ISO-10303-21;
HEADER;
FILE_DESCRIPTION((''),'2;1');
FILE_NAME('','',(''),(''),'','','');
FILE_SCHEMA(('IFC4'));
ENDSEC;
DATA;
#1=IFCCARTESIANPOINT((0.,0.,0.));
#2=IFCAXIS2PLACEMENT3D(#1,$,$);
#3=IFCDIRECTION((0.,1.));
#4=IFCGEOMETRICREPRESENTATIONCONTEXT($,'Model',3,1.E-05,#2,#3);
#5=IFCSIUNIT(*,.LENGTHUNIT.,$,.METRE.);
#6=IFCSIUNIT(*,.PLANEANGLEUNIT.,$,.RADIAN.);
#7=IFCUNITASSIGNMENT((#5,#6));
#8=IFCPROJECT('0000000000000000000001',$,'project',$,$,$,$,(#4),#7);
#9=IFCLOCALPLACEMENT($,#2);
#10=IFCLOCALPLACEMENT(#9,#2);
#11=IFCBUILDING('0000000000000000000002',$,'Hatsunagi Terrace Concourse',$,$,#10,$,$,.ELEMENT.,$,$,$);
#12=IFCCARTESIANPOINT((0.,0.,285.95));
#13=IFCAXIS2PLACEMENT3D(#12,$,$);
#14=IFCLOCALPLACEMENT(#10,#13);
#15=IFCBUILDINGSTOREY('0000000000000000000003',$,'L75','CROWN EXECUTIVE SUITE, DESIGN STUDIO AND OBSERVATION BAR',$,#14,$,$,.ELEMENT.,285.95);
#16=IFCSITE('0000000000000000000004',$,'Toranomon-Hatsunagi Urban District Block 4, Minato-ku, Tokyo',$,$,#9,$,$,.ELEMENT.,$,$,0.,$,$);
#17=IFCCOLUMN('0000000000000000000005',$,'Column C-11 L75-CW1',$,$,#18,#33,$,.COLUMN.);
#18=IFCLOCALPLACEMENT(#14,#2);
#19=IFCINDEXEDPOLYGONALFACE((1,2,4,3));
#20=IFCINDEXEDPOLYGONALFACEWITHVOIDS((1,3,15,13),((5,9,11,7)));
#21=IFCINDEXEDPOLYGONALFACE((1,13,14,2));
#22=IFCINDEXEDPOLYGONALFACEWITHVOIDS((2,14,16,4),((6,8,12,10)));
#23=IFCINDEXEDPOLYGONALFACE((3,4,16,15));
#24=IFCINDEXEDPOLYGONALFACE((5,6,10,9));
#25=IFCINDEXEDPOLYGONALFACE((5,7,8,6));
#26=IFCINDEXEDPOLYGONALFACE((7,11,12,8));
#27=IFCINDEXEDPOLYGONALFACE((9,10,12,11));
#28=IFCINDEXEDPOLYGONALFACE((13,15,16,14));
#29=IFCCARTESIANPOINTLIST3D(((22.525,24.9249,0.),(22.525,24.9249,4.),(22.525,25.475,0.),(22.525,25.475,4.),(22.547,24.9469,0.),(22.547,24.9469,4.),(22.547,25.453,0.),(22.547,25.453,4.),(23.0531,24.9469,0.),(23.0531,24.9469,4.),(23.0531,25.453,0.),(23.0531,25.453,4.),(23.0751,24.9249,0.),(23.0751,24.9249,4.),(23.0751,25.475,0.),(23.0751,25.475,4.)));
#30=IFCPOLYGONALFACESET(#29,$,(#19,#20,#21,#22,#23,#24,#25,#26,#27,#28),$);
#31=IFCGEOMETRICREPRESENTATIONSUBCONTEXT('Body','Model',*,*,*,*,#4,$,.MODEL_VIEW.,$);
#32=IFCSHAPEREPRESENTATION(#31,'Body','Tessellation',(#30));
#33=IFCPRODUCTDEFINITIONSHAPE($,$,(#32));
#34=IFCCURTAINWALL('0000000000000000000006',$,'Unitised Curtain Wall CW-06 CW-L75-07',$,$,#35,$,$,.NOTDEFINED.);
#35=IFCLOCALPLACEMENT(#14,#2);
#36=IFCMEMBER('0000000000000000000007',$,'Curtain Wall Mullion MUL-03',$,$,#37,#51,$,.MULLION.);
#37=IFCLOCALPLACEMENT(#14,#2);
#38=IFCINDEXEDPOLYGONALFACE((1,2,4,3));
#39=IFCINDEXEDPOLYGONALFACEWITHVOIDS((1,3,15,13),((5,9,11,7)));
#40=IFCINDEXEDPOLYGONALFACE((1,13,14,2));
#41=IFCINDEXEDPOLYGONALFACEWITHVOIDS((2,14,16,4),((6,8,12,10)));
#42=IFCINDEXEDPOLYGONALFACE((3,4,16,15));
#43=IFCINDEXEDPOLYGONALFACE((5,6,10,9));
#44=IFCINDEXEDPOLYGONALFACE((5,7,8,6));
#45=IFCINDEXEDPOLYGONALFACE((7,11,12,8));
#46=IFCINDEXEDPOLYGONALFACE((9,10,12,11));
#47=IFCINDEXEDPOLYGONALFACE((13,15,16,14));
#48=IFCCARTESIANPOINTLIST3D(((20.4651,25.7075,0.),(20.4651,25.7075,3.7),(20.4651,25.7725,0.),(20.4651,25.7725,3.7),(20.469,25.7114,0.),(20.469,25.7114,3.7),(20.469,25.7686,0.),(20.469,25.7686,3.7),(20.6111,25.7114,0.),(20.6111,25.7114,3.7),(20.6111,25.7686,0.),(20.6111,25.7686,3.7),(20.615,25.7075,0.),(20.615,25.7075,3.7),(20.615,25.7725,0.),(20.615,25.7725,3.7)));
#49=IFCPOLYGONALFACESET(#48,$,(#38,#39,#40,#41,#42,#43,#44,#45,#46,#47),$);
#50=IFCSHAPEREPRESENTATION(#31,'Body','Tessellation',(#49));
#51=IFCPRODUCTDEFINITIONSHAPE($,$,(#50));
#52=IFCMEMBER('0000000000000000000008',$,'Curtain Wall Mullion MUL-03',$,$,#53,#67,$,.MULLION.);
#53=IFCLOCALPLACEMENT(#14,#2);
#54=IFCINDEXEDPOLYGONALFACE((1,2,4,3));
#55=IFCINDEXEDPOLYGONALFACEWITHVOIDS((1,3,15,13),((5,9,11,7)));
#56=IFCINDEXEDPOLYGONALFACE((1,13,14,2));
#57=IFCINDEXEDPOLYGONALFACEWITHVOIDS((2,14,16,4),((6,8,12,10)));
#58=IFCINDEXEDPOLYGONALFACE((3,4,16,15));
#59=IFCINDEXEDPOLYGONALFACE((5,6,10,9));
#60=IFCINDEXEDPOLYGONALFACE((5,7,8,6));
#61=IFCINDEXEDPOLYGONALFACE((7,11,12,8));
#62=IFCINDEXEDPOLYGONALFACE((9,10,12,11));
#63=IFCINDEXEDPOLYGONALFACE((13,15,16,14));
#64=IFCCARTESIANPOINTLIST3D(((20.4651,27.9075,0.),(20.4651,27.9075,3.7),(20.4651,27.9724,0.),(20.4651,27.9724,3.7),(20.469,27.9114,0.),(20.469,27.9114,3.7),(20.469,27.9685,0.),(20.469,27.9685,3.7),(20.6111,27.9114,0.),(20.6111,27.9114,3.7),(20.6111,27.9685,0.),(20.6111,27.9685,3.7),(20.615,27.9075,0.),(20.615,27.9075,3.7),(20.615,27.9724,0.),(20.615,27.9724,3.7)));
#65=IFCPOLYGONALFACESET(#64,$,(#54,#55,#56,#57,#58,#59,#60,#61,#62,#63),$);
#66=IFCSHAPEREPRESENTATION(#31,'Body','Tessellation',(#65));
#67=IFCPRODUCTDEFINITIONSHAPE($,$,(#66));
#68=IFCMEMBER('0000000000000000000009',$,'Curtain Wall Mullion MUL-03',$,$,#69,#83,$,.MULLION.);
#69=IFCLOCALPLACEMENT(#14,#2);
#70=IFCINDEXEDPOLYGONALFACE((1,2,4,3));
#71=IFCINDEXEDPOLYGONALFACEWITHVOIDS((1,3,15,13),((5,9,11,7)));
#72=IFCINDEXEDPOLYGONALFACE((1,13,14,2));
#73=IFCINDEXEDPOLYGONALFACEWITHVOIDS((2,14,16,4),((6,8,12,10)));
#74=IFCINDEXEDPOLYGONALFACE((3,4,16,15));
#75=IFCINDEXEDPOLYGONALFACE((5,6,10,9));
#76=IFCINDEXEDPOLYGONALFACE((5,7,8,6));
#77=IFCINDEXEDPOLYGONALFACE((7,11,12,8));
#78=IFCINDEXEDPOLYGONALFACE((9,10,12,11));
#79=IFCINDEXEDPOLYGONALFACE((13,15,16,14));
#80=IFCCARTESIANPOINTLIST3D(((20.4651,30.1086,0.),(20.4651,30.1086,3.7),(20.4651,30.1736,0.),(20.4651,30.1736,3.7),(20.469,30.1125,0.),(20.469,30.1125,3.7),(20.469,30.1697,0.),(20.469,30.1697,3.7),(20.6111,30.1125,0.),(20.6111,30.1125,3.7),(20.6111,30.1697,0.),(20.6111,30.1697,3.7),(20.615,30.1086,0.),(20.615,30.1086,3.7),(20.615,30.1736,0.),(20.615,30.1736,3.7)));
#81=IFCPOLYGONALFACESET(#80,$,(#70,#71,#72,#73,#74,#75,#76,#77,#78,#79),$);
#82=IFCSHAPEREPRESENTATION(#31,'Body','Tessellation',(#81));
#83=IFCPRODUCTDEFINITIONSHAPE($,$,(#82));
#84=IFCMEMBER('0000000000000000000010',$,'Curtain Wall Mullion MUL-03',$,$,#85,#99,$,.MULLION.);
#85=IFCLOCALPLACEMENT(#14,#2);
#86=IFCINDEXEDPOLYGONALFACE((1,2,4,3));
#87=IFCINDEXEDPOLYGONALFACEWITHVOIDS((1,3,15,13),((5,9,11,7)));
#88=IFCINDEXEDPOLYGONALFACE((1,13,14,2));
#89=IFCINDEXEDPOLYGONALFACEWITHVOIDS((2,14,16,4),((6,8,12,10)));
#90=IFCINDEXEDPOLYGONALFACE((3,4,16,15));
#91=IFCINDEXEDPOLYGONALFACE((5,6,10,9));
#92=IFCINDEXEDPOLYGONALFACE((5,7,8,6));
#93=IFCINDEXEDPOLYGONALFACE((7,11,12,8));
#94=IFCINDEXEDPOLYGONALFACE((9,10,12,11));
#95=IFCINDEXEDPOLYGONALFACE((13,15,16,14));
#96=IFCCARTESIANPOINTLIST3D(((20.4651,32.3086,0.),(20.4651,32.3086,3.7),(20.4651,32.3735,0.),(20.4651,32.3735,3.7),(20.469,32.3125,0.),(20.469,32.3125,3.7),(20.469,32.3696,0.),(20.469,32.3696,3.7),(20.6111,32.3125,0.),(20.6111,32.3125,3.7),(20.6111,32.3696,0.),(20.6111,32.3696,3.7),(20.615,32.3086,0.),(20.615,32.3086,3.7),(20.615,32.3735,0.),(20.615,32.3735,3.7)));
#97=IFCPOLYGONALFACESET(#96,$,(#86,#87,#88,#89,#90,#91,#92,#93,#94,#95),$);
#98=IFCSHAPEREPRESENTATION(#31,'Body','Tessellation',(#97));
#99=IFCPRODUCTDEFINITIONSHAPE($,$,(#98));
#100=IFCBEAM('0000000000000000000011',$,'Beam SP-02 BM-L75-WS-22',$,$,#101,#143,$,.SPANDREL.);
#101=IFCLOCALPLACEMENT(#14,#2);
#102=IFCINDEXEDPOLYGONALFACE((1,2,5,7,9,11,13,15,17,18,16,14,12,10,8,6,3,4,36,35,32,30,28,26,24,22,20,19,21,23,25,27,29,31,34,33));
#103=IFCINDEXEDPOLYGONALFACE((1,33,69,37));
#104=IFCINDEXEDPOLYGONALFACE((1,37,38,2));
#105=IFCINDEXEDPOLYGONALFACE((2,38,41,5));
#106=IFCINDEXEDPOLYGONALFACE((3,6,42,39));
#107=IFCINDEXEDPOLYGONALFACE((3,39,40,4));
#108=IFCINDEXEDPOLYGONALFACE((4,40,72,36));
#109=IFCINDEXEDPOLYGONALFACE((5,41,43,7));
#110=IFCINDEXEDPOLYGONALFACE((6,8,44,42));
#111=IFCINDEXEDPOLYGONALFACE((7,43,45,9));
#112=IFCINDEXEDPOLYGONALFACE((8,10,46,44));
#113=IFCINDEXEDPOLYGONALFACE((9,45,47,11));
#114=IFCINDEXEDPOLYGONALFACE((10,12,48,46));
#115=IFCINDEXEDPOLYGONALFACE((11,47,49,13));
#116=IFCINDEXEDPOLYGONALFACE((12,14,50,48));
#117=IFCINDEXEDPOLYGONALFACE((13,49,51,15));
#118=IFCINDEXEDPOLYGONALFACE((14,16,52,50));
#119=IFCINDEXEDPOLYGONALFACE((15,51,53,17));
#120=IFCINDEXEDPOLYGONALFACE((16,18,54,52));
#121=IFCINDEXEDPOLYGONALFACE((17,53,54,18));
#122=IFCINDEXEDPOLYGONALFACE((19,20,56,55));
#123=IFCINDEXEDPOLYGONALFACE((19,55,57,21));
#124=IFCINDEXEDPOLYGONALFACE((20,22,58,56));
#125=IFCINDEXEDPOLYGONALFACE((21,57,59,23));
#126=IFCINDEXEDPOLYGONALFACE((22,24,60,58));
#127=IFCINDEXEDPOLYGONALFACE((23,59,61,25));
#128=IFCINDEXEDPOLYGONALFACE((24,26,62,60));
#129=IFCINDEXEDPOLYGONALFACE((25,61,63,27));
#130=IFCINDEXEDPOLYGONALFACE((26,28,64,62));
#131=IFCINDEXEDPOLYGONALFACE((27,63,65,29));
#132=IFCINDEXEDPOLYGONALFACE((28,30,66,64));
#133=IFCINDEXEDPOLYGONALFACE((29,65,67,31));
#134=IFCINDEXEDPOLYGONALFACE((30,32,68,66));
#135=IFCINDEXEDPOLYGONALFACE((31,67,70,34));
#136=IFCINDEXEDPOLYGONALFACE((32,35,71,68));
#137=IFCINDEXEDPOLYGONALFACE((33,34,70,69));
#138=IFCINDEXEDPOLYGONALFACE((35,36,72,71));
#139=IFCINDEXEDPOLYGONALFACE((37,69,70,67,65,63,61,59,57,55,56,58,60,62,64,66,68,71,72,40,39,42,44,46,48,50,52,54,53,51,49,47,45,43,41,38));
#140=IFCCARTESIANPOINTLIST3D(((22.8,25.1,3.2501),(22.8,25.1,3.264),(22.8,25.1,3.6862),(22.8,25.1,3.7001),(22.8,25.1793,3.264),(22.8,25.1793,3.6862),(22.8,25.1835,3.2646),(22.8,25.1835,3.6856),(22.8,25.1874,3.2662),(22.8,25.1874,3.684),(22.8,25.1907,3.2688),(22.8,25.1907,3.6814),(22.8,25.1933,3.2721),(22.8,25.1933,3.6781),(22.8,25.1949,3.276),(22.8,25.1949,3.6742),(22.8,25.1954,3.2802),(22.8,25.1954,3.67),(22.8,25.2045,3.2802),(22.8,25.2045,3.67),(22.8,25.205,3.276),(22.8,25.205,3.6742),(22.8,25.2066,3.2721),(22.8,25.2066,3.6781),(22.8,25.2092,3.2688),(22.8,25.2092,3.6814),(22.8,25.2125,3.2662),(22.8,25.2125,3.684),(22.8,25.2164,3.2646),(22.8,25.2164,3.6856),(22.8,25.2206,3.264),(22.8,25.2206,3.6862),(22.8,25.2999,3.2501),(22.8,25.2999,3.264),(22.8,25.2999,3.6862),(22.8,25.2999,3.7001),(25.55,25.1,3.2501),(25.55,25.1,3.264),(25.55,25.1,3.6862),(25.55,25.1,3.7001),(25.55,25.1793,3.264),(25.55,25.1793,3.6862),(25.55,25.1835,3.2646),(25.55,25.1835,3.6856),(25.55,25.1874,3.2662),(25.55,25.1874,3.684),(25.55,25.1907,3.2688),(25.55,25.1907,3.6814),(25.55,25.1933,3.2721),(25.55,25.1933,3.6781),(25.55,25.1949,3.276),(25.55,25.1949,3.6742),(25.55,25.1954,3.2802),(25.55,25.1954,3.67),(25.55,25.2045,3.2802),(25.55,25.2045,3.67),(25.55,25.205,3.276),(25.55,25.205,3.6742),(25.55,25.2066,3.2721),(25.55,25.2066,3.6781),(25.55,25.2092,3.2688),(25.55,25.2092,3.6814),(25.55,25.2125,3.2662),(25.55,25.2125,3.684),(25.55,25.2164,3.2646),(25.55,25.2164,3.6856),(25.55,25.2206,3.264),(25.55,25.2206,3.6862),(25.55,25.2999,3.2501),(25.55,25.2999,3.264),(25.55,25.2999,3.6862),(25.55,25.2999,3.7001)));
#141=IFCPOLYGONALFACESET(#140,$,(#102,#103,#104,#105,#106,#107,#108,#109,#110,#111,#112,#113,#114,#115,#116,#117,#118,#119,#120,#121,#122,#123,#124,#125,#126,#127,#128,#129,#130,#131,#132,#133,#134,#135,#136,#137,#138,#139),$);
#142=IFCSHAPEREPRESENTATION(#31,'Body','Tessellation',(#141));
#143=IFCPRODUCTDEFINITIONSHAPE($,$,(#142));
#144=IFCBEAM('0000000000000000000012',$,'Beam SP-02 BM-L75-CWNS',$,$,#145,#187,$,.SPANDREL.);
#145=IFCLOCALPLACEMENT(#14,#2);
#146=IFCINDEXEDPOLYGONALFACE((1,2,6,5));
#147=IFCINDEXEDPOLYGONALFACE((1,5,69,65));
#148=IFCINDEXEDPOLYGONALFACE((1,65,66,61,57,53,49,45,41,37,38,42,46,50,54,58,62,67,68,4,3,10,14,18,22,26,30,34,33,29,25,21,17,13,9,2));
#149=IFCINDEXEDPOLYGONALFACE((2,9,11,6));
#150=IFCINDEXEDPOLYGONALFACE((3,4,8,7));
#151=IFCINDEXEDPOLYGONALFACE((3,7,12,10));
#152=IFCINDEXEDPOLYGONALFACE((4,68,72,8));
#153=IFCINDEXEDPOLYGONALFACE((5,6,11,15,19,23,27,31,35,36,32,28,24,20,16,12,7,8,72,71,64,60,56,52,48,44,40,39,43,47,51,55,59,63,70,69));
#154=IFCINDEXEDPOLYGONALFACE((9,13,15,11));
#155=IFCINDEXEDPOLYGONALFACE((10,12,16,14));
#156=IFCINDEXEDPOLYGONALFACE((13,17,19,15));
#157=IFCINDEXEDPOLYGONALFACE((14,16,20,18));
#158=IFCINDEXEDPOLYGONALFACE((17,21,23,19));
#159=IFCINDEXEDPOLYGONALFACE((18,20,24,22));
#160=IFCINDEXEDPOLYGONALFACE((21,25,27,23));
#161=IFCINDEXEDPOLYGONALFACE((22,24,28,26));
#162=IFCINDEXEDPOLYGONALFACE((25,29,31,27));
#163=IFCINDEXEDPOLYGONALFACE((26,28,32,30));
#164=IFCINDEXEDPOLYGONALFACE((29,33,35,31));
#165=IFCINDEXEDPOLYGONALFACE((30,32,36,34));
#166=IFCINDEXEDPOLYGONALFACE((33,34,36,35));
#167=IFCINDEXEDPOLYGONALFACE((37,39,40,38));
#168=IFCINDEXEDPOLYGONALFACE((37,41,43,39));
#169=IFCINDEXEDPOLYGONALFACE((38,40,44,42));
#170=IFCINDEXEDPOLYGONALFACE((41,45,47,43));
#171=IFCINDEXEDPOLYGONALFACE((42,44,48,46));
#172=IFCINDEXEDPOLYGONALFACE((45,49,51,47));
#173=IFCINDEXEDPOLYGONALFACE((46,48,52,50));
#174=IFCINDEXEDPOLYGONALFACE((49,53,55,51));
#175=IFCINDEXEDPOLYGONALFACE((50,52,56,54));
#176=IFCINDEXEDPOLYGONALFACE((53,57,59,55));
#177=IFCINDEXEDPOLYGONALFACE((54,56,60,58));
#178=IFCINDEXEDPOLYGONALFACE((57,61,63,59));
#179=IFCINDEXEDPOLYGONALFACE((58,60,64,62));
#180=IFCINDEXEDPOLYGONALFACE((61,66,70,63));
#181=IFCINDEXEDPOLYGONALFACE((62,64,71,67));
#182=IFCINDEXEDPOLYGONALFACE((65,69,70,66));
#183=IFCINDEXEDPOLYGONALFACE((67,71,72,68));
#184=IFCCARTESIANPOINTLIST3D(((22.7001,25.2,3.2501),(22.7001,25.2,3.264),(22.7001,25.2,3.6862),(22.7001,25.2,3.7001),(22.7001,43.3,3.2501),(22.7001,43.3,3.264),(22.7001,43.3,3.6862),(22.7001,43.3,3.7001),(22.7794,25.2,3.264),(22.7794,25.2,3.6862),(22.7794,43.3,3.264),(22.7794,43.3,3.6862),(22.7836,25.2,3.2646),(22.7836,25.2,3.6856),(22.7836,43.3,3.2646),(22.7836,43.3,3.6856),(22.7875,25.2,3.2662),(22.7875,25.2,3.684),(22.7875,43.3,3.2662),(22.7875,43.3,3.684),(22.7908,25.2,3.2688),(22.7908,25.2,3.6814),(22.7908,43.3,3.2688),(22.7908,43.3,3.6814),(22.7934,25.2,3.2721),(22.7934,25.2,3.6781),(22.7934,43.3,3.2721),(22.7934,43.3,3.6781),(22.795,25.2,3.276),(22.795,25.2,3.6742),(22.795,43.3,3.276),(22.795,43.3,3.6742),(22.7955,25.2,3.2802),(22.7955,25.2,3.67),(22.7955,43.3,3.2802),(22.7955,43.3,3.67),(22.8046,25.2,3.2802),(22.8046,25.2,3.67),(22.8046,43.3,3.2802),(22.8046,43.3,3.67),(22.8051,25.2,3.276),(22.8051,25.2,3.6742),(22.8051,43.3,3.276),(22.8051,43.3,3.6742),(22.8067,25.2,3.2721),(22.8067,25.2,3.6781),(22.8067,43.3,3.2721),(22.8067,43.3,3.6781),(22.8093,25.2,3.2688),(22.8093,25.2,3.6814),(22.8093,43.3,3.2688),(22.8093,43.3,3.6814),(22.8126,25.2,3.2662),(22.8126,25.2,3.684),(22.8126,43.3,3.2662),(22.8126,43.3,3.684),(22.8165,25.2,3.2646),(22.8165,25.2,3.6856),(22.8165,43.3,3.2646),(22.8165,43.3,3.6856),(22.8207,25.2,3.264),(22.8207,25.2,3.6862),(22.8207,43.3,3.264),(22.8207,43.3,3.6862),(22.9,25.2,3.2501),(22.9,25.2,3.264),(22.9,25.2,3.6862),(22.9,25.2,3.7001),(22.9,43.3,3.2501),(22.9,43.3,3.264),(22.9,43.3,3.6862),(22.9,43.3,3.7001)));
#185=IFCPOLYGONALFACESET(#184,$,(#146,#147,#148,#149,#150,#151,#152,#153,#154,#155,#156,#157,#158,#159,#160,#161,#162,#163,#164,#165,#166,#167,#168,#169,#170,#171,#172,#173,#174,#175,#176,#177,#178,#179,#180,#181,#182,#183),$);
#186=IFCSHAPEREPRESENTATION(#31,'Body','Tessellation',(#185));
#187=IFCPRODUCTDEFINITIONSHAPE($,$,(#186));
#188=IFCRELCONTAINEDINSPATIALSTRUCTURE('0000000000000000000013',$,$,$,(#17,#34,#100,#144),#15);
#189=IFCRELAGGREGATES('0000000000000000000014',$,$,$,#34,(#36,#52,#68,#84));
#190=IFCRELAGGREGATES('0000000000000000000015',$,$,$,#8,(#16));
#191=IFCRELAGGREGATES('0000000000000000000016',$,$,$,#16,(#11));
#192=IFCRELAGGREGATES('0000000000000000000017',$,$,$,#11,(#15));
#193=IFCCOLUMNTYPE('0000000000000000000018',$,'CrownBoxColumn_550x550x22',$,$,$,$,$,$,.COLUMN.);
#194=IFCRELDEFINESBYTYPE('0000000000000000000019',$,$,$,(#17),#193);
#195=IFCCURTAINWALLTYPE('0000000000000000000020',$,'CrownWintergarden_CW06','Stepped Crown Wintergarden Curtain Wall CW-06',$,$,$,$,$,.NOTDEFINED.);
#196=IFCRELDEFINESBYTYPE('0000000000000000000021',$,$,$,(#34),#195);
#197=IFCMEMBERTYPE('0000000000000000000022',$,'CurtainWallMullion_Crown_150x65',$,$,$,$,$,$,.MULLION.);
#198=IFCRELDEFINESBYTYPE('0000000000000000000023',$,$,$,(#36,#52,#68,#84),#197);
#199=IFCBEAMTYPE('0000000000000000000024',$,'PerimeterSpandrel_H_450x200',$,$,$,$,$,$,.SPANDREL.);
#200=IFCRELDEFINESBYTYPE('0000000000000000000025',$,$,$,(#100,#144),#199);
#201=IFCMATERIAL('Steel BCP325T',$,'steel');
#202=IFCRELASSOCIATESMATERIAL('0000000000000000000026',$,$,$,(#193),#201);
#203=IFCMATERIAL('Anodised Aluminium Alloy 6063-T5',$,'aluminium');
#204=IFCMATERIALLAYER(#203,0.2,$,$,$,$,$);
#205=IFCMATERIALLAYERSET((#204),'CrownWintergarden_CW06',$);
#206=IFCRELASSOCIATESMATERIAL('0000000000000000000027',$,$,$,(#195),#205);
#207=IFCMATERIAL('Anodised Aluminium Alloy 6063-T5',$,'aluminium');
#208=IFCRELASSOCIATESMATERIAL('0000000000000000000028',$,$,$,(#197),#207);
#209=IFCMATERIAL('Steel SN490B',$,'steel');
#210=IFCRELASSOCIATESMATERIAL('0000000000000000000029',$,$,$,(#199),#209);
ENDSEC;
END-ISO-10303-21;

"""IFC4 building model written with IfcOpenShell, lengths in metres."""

from ifc_helpers import new_model, si_unit, direction, frame, origin, origin_2d, place, context, subcontext, project, spatial, hollow_rectangle, i_section, extrude, material, layer, layer_set, material_profile, profile_set, type_object, element, aggregate, save


model = new_model("IFC4")

# Units and contexts
model_context = context("Model", 3, precision=1e-05, world=origin(), true_north=direction((0.0, 1.0)))
body_context = subcontext(model_context, "Body", "Model", "MODEL_VIEW")
ifc_project = project(units=[si_unit("LENGTHUNIT", "METRE"), si_unit("PLANEANGLEUNIT", "RADIAN")], contexts=[model_context])

# Site, building, storey
site_placement = place(None, origin())
site = spatial("IfcSite", under=ifc_project, at=site_placement, Name="Toranomon-Hatsunagi Urban District Block 4, Minato-ku, Tokyo", CompositionType="ELEMENT", RefElevation=0.0)
building_placement = place(site_placement, origin())
building = spatial("IfcBuilding", under=site, at=building_placement, Name="Hatsunagi Terrace Concourse", CompositionType="ELEMENT")
storey_placement = place(building_placement, frame((0.0, 0.0, 285.95)))
storey = spatial("IfcBuildingStorey", under=building, at=storey_placement, Name="L75", Description="CROWN EXECUTIVE SUITE, DESIGN STUDIO AND OBSERVATION BAR", CompositionType="ELEMENT", Elevation=285.95)

# Column
ifc_material_1 = material(Name="Steel BCP325T", Category="steel")
ifc_material_profile_1 = material_profile(ifc_material_1, hollow_rectangle(XDim=0.55, YDim=0.55, WallThickness=0.022, at=origin_2d()), Name="BCP-550x550x22")
ifc_profile_set_1 = profile_set([ifc_material_profile_1], Name="Steel BCP325T")
column_type = type_object("IfcColumnType", Name="CrownBoxColumn_550x550x22", PredefinedType="COLUMN", material=ifc_profile_set_1)
column_placement = place(storey_placement, frame((22.8, 25.2, 0.0), z_axis=(0.0, 0.0, 1.0), x_axis=(1.0, 0.0, 0.0)))
element("IfcColumn", 1, at=column_placement, inside=storey, type_object=column_type, Name="Column C-11 L75-CW1", PredefinedType="COLUMN", context=body_context, shape_type="SweptSolid", body=[
    extrude(hollow_rectangle(XDim=0.55, YDim=0.55, WallThickness=0.022, at=origin_2d()), origin(), (0.0, 0.0, 1.0), 4.0),
])

# Curtain wall, members
ifc_material_2 = material(Name="Anodised Aluminium Alloy 6063-T5", Category="aluminium")
ifc_layer_1 = layer(ifc_material_2, 0.2)
ifc_layer_set_1 = layer_set([ifc_layer_1], Name="CrownWintergarden_CW06")
curtain_wall_type = type_object("IfcCurtainWallType", Name="CrownWintergarden_CW06", Description="Stepped Crown Wintergarden Curtain Wall CW-06", PredefinedType="NOTDEFINED", material=ifc_layer_set_1)
curtain_wall_placement = place(storey_placement, origin())
curtain_wall = element("IfcCurtainWall", 2, at=curtain_wall_placement, inside=storey, type_object=curtain_wall_type, Name="Unitised Curtain Wall CW-06 CW-L75-07", PredefinedType="NOTDEFINED")
ifc_material_3 = material(Name="Anodised Aluminium Alloy 6063-T5", Category="aluminium")
ifc_material_profile_2 = material_profile(ifc_material_3, hollow_rectangle(XDim=0.0649, YDim=0.1499, WallThickness=0.0039, at=origin_2d()), Name="ALU-MUL-150x65x4")
ifc_profile_set_2 = profile_set([ifc_material_profile_2], Name="Anodised Aluminium Alloy 6063-T5")
member_type = type_object("IfcMemberType", Name="CurtainWallMullion_Crown_150x65", PredefinedType="MULLION", material=ifc_profile_set_2)
member_1_placement = place(storey_placement, frame((20.54, 25.74, 0.0), z_axis=(0.0, 0.0, 1.0), x_axis=(0.0, 1.0, 0.0)))
member_1 = element("IfcMember", 3, at=member_1_placement, type_object=member_type, Name="Curtain Wall Mullion MUL-03", PredefinedType="MULLION", context=body_context, shape_type="SweptSolid", body=[
    extrude(hollow_rectangle(XDim=0.0649, YDim=0.1499, WallThickness=0.0039, at=origin_2d()), origin(), (0.0, 0.0, 1.0), 3.7),
])
member_2_placement = place(storey_placement, frame((20.54, 27.9399, 0.0), z_axis=(0.0, 0.0, 1.0), x_axis=(0.0, 1.0, 0.0)))
member_2 = element("IfcMember", 4, at=member_2_placement, type_object=member_type, Name="Curtain Wall Mullion MUL-03", PredefinedType="MULLION", context=body_context, shape_type="SweptSolid", body=[
    extrude(hollow_rectangle(XDim=0.0649, YDim=0.1499, WallThickness=0.0039, at=origin_2d()), origin(), (0.0, 0.0, 1.0), 3.7),
])
member_3_placement = place(storey_placement, frame((20.54, 30.1411, 0.0), z_axis=(0.0, 0.0, 1.0), x_axis=(0.0, 1.0, 0.0)))
member_3 = element("IfcMember", 5, at=member_3_placement, type_object=member_type, Name="Curtain Wall Mullion MUL-03", PredefinedType="MULLION", context=body_context, shape_type="SweptSolid", body=[
    extrude(hollow_rectangle(XDim=0.0649, YDim=0.1499, WallThickness=0.0039, at=origin_2d()), origin(), (0.0, 0.0, 1.0), 3.7),
])
member_4_placement = place(storey_placement, frame((20.54, 32.3411, 0.0), z_axis=(0.0, 0.0, 1.0), x_axis=(0.0, 1.0, 0.0)))
member_4 = element("IfcMember", 6, at=member_4_placement, type_object=member_type, Name="Curtain Wall Mullion MUL-03", PredefinedType="MULLION", context=body_context, shape_type="SweptSolid", body=[
    extrude(hollow_rectangle(XDim=0.0649, YDim=0.1499, WallThickness=0.0039, at=origin_2d()), origin(), (0.0, 0.0, 1.0), 3.7),
])

# Beams
ifc_material_4 = material(Name="Steel SN490B", Category="steel")
ifc_material_profile_3 = material_profile(ifc_material_4, i_section(OverallWidth=0.2, OverallDepth=0.45, WebThickness=0.009, FlangeThickness=0.0139, FilletRadius=0.0161, at=origin_2d()), Name="H-450x200x9x14")
ifc_profile_set_3 = profile_set([ifc_material_profile_3], Name="Steel SN490B")
beam_type = type_object("IfcBeamType", Name="PerimeterSpandrel_H_450x200", PredefinedType="SPANDREL", material=ifc_profile_set_3)
beam_1_placement = place(storey_placement, frame((22.8, 25.2, 3.4751), z_axis=(1.0, 0.0, 0.0), x_axis=(0.0, 1.0, 0.0)))
element("IfcBeam", 7, at=beam_1_placement, inside=storey, type_object=beam_type, Name="Beam SP-02 BM-L75-WS-22", PredefinedType="SPANDREL", context=body_context, shape_type="SweptSolid", body=[
    extrude(i_section(OverallWidth=0.2, OverallDepth=0.45, WebThickness=0.009, FlangeThickness=0.0139, FilletRadius=0.0161, at=origin_2d()), origin(), (0.0, 0.0, 1.0), 2.75),
])
beam_2_placement = place(storey_placement, frame((22.8, 25.2, 3.4751), z_axis=(0.0, 1.0, 0.0), x_axis=(-1.0, 0.0, 0.0)))
element("IfcBeam", 8, at=beam_2_placement, inside=storey, type_object=beam_type, Name="Beam SP-02 BM-L75-CWNS", PredefinedType="SPANDREL", context=body_context, shape_type="SweptSolid", body=[
    extrude(i_section(OverallWidth=0.2, OverallDepth=0.45, WebThickness=0.009, FlangeThickness=0.0139, FilletRadius=0.0161, at=origin_2d()), origin(), (0.0, 0.0, 1.0), 18.1001),
])

aggregate(curtain_wall, [member_1, member_2, member_3, member_4])

save(model, "model.ifc")
